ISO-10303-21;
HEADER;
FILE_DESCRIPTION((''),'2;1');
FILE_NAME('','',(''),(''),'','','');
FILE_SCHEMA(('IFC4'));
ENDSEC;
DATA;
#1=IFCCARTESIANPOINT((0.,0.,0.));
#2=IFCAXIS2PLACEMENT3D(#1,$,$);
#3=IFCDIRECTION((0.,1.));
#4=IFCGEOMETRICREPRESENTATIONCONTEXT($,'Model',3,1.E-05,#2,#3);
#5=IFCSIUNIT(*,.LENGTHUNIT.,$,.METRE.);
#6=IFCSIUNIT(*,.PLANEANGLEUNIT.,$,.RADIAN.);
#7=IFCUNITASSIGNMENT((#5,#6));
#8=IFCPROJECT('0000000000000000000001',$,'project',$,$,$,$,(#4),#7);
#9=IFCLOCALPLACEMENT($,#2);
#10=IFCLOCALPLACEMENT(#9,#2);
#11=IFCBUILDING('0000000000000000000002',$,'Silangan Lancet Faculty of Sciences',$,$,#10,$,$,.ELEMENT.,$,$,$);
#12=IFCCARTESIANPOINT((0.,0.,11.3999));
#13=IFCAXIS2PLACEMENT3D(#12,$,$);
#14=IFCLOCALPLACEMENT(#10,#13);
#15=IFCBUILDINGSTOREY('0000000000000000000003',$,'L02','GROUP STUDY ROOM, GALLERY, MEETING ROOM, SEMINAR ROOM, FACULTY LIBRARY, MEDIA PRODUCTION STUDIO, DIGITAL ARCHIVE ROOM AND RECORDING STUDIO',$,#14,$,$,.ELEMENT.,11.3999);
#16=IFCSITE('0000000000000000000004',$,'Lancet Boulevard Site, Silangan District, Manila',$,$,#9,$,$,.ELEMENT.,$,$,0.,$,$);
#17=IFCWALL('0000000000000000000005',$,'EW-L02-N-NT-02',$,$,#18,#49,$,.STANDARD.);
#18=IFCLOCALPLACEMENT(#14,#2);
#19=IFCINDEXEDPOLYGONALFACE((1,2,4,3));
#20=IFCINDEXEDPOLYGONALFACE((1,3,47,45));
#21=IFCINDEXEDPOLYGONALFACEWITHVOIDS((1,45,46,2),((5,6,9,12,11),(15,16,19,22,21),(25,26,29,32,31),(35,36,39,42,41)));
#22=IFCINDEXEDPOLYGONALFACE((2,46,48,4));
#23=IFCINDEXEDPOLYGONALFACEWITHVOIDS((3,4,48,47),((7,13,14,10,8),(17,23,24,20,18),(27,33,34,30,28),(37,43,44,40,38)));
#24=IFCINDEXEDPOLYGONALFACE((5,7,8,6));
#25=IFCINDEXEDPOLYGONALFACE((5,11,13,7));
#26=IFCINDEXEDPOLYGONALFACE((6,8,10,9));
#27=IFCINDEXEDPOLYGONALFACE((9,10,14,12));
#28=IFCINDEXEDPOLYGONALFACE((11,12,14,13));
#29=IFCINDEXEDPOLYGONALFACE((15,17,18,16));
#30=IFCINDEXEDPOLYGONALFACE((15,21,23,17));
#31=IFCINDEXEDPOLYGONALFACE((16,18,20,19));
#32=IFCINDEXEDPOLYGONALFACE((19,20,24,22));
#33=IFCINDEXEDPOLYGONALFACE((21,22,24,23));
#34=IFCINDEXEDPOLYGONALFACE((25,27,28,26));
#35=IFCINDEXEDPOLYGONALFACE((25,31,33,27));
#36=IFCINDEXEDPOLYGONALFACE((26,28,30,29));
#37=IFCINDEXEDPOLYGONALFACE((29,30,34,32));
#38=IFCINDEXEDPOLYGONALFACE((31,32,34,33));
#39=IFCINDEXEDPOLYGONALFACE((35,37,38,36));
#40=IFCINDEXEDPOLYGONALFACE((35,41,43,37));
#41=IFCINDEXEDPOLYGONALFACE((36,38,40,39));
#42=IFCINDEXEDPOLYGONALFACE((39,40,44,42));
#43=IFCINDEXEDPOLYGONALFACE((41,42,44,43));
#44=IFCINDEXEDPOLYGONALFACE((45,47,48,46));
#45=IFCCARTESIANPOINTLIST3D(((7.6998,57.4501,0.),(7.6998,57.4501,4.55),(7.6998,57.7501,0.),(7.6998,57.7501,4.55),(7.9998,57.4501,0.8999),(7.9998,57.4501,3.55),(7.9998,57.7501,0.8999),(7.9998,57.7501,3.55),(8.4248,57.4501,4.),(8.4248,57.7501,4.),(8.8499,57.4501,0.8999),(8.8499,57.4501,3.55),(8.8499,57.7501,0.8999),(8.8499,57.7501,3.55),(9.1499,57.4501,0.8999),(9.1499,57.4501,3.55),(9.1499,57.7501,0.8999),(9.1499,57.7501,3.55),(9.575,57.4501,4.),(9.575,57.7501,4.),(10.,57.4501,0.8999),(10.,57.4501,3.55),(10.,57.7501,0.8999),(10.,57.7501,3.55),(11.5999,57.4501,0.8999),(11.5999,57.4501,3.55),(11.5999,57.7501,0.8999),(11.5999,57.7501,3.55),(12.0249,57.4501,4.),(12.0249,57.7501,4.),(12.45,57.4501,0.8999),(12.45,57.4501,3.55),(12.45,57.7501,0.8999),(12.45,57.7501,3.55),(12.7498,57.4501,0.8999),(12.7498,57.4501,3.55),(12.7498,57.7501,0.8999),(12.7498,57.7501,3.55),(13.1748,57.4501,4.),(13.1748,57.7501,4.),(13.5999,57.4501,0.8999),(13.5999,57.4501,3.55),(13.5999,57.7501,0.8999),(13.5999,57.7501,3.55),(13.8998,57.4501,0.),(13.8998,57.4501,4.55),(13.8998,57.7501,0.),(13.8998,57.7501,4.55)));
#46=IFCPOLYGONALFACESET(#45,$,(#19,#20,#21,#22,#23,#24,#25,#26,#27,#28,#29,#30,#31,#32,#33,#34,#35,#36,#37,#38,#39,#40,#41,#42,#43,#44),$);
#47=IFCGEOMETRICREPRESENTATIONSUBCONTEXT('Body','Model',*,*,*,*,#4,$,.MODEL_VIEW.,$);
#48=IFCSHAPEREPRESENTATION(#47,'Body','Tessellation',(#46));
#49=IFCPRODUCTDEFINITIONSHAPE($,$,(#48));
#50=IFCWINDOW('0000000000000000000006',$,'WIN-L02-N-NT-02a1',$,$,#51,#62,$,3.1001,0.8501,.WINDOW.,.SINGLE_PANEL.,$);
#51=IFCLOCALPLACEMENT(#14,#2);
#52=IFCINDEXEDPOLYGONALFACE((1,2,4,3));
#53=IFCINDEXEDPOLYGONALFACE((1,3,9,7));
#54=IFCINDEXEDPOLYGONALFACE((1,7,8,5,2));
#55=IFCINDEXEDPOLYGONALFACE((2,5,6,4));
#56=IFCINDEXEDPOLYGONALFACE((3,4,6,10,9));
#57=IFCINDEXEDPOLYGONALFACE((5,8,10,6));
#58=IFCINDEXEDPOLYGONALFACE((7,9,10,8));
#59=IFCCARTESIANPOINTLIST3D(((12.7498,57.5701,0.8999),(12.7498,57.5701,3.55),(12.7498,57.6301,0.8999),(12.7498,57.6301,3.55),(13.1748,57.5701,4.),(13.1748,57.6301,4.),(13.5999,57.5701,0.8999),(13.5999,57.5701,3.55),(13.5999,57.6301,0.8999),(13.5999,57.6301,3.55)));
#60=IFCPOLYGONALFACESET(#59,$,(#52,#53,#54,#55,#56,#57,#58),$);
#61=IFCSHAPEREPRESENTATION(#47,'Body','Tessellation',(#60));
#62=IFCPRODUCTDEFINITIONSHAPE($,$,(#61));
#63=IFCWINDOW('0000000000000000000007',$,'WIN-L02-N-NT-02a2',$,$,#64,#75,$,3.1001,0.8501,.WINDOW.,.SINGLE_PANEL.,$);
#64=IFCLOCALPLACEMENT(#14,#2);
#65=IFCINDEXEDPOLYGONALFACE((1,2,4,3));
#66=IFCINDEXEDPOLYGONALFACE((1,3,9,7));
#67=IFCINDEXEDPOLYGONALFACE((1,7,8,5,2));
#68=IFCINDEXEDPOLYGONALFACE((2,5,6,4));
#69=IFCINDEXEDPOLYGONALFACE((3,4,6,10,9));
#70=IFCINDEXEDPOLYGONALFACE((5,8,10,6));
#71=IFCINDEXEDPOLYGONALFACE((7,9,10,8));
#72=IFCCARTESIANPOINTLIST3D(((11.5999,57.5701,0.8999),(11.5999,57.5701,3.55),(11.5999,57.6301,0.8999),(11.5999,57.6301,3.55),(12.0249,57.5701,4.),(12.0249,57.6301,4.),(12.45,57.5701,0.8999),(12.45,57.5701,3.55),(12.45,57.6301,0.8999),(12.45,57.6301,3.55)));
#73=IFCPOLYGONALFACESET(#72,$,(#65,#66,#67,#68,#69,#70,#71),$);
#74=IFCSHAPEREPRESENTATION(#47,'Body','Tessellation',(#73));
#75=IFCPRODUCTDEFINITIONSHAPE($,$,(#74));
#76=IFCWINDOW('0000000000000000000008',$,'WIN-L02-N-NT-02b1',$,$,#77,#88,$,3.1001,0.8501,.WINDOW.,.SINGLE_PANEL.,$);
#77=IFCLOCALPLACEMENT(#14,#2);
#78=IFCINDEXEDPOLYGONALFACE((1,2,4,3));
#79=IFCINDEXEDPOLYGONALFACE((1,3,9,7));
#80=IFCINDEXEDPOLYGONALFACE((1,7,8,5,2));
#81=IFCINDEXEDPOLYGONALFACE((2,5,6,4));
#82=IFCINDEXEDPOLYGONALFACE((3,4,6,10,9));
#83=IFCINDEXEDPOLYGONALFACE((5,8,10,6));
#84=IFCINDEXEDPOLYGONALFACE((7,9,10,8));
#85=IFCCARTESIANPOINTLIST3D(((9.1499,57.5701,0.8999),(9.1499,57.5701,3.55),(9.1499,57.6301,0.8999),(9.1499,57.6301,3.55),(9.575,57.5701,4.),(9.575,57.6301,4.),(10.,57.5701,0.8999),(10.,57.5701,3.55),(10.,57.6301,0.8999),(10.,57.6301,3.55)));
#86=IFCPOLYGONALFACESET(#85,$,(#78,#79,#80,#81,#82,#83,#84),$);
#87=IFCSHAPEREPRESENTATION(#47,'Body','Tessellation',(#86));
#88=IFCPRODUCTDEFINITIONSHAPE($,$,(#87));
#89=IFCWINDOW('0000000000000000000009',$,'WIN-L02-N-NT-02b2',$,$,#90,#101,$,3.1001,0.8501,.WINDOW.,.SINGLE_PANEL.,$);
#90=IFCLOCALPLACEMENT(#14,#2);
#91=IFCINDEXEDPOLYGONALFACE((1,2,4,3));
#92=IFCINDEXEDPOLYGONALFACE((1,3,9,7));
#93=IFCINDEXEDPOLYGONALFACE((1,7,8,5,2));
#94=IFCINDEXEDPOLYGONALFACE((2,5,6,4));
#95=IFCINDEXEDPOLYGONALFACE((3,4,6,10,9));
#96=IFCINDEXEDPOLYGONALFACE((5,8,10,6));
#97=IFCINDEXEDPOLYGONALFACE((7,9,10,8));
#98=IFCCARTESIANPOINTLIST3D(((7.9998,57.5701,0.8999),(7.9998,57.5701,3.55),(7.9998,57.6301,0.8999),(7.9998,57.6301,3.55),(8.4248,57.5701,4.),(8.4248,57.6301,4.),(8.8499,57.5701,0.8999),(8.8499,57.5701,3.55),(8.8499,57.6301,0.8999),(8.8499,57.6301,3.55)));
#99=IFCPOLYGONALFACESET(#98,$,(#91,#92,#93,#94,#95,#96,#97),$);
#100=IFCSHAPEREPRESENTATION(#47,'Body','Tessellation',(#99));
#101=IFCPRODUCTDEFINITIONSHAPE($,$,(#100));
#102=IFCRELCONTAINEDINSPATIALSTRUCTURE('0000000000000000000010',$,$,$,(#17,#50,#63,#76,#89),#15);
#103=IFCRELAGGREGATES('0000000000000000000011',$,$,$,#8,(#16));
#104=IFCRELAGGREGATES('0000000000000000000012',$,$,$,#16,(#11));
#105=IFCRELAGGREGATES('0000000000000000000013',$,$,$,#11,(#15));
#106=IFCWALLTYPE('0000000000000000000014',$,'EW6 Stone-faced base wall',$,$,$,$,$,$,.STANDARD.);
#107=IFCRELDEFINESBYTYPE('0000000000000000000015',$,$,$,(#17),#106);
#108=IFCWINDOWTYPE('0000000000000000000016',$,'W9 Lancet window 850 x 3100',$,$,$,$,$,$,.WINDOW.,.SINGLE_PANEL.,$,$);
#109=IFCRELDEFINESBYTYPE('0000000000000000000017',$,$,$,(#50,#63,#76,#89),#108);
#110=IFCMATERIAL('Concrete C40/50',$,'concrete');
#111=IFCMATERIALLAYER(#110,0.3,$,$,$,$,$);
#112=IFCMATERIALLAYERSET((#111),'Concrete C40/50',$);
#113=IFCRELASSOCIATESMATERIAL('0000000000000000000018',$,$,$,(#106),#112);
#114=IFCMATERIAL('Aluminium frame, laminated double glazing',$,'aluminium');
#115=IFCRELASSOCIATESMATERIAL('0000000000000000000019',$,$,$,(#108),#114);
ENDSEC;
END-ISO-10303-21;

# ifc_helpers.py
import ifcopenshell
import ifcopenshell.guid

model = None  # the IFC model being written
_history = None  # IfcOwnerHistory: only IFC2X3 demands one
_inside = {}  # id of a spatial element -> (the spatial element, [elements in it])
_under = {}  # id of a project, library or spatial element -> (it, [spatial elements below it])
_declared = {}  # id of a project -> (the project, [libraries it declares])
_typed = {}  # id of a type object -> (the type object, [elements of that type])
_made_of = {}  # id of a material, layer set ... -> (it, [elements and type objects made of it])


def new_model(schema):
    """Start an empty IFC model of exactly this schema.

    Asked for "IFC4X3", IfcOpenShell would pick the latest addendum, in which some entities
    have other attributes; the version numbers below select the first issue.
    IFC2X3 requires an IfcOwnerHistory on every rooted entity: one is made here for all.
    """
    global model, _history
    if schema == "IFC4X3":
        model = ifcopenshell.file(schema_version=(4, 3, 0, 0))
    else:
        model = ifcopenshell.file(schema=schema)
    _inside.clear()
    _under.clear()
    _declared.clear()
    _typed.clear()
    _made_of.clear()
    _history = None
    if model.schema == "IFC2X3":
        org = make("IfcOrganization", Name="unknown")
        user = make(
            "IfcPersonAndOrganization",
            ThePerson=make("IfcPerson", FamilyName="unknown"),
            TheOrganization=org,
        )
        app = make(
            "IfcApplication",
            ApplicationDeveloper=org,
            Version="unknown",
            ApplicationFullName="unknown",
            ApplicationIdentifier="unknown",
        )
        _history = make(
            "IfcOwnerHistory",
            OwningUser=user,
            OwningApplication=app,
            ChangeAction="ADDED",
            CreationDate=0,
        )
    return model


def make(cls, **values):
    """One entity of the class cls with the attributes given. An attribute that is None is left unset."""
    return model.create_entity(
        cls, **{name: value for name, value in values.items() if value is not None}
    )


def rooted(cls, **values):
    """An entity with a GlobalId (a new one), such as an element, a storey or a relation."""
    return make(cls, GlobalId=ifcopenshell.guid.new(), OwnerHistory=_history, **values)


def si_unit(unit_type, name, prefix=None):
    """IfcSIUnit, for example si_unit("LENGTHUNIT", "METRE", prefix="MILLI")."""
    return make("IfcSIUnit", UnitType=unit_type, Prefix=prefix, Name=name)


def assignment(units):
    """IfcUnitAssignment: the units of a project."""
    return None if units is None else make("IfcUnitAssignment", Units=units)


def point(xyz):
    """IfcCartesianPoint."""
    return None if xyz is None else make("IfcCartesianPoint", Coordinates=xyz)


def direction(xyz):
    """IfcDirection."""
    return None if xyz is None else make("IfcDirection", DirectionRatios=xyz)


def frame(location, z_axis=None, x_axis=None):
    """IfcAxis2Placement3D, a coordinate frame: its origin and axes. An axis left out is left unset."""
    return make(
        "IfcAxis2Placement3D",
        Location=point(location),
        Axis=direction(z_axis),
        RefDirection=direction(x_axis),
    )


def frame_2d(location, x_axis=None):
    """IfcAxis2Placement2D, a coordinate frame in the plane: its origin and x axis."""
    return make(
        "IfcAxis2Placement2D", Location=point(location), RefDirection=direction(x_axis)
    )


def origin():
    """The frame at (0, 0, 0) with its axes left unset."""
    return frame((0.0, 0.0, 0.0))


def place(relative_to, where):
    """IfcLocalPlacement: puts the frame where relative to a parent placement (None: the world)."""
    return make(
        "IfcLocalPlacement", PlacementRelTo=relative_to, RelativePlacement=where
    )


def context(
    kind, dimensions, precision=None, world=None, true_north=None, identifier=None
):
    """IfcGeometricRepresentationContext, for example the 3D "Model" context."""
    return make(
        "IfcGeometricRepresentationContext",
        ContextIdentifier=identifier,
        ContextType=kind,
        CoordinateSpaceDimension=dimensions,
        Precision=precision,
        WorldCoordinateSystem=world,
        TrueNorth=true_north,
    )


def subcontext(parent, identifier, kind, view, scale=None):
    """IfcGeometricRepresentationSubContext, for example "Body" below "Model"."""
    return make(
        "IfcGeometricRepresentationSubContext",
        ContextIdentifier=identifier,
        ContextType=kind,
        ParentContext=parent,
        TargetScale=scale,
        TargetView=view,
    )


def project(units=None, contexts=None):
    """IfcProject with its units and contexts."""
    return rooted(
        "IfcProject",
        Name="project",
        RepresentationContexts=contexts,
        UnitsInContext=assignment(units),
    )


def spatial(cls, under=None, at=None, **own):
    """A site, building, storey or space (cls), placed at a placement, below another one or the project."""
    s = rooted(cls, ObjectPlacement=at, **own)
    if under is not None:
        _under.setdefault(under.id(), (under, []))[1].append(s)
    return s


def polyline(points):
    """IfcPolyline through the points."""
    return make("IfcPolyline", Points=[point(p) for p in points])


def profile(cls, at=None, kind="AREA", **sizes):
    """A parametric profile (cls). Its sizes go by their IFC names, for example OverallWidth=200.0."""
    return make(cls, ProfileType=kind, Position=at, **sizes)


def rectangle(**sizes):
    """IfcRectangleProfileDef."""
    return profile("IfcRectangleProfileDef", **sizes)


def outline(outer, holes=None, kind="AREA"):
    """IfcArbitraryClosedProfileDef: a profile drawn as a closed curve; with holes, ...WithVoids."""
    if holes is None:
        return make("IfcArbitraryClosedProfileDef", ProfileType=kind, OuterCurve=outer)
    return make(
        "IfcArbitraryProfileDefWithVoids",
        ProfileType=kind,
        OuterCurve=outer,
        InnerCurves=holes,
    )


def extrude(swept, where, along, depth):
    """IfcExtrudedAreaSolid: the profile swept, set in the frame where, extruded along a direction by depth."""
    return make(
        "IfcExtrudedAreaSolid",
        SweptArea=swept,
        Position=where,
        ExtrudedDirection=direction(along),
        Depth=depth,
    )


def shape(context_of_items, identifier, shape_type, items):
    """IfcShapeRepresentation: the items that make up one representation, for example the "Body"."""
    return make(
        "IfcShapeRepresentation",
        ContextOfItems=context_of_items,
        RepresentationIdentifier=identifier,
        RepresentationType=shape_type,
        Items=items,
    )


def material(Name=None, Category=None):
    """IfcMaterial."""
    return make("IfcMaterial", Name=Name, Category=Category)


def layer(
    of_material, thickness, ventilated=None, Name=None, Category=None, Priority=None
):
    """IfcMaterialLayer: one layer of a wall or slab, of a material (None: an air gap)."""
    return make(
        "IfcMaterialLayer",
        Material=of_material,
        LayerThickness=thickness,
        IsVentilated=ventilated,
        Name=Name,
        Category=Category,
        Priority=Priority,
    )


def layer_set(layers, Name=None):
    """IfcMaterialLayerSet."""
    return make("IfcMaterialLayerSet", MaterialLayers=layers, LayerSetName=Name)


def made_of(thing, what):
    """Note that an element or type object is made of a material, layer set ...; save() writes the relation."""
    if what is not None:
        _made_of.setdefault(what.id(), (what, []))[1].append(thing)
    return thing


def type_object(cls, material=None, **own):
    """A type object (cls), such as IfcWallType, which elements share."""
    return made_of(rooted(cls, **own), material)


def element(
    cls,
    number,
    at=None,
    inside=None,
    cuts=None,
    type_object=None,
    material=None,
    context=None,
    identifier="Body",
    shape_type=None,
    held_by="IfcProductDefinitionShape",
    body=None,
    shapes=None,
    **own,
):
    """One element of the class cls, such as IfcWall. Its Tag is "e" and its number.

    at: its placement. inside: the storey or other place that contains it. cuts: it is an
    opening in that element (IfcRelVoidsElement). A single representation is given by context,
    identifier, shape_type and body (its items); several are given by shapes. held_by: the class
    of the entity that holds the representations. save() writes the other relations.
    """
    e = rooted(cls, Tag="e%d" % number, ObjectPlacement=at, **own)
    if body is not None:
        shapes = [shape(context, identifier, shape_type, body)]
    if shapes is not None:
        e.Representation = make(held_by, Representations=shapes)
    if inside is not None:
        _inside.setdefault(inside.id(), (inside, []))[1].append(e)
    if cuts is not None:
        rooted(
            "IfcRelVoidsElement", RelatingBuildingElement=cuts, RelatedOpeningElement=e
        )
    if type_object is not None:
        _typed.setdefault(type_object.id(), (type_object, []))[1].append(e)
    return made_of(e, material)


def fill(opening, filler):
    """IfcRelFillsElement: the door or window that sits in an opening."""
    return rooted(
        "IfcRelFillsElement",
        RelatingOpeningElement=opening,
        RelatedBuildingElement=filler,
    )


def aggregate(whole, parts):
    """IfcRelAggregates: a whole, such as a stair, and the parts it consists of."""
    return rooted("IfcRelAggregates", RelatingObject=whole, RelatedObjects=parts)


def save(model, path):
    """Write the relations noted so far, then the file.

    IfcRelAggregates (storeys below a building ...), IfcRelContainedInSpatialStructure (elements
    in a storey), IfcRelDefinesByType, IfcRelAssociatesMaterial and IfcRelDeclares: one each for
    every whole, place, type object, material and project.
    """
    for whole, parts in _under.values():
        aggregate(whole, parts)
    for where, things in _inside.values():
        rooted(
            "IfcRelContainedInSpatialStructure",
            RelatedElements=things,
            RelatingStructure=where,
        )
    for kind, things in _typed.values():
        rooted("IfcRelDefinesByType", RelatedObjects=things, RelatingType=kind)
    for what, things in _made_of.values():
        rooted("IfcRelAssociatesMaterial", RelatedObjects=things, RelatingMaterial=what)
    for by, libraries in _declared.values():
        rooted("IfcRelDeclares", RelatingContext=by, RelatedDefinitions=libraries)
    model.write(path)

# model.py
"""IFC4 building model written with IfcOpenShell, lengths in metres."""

from ifc_helpers import new_model, si_unit, direction, frame, frame_2d, origin, place, context, subcontext, project, spatial, polyline, rectangle, outline, extrude, material, layer, layer_set, type_object, element, fill, save


model = new_model("IFC4")

# Units and contexts
model_context = context("Model", 3, precision=1e-05, world=origin(), true_north=direction((0.0, 1.0)))
body_context = subcontext(model_context, "Body", "Model", "MODEL_VIEW")
ifc_project = project(units=[si_unit("LENGTHUNIT", "METRE"), si_unit("PLANEANGLEUNIT", "RADIAN")], contexts=[model_context])

# Site, building, storey
site_placement = place(None, origin())
site = spatial("IfcSite", under=ifc_project, at=site_placement, Name="Lancet Boulevard Site, Silangan District, Manila", CompositionType="ELEMENT", RefElevation=0.0)
building_placement = place(site_placement, origin())
building = spatial("IfcBuilding", under=site, at=building_placement, Name="Silangan Lancet Faculty of Sciences", CompositionType="ELEMENT")
storey_placement = place(building_placement, frame((0.0, 0.0, 11.3999)))
storey = spatial("IfcBuildingStorey", under=building, at=storey_placement, Name="L02", Description="GROUP STUDY ROOM, GALLERY, MEETING ROOM, SEMINAR ROOM, FACULTY LIBRARY, MEDIA PRODUCTION STUDIO, DIGITAL ARCHIVE ROOM AND RECORDING STUDIO", CompositionType="ELEMENT", Elevation=11.3999)

# Wall, openings, windows
ifc_material_1 = material(Name="Concrete C40/50", Category="concrete")
ifc_layer_1 = layer(ifc_material_1, 0.3)
ifc_layer_set_1 = layer_set([ifc_layer_1], Name="Concrete C40/50")
wall_type_1 = type_object("IfcWallType", Name="EW6 Stone-faced base wall", PredefinedType="STANDARD", material=ifc_layer_set_1)
wall_1_placement = place(storey_placement, frame((13.8999, 57.6001, 0.0), z_axis=(0.0, 0.0, 1.0), x_axis=(-1.0, 0.0, 0.0)))
wall_1 = element("IfcWall", 1, at=wall_1_placement, inside=storey, type_object=wall_type_1, Name="EW-L02-N-NT-02", PredefinedType="STANDARD", context=body_context, shape_type="SweptSolid", body=[
    extrude(rectangle(XDim=6.2, YDim=0.3, at=frame_2d((3.1001, 0.0))), origin(), (0.0, 0.0, 1.0), 4.55),
])
opening_1_placement = place(wall_1_placement, frame((0.3, 0.0, 0.8999)))
opening_1 = element("IfcOpeningElement", 2, at=opening_1_placement, cuts=wall_1, PredefinedType="OPENING", context=body_context, shape_type="SweptSolid", body=[
    extrude(outline(polyline([(0.0, 0.0), (0.8501, 0.0), (0.8501, 2.6501), (0.425, 3.1001), (0.0, 2.6501), (0.0, 0.0)])), frame((0.0, 0.1599, 0.0), z_axis=(0.0, -1.0, 0.0), x_axis=(1.0, 0.0, 0.0)), (0.0, 0.0, 1.0), 0.3201),
])
opening_2_placement = place(wall_1_placement, frame((1.45, 0.0, 0.8999)))
opening_2 = element("IfcOpeningElement", 3, at=opening_2_placement, cuts=wall_1, PredefinedType="OPENING", context=body_context, shape_type="SweptSolid", body=[
    extrude(outline(polyline([(0.0, 0.0), (0.8501, 0.0), (0.8501, 2.6501), (0.425, 3.1001), (0.0, 2.6501), (0.0, 0.0)])), frame((0.0, 0.1599, 0.0), z_axis=(0.0, -1.0, 0.0), x_axis=(1.0, 0.0, 0.0)), (0.0, 0.0, 1.0), 0.3201),
])
opening_3_placement = place(wall_1_placement, frame((3.8999, 0.0, 0.8999)))
opening_3 = element("IfcOpeningElement", 4, at=opening_3_placement, cuts=wall_1, PredefinedType="OPENING", context=body_context, shape_type="SweptSolid", body=[
    extrude(outline(polyline([(0.0, 0.0), (0.8501, 0.0), (0.8501, 2.6501), (0.425, 3.1001), (0.0, 2.6501), (0.0, 0.0)])), frame((0.0, 0.1599, 0.0), z_axis=(0.0, -1.0, 0.0), x_axis=(1.0, 0.0, 0.0)), (0.0, 0.0, 1.0), 0.3201),
])
opening_4_placement = place(wall_1_placement, frame((5.05, 0.0, 0.8999)))
opening_4 = element("IfcOpeningElement", 5, at=opening_4_placement, cuts=wall_1, PredefinedType="OPENING", context=body_context, shape_type="SweptSolid", body=[
    extrude(outline(polyline([(0.0, 0.0), (0.8501, 0.0), (0.8501, 2.6501), (0.425, 3.1001), (0.0, 2.6501), (0.0, 0.0)])), frame((0.0, 0.1599, 0.0), z_axis=(0.0, -1.0, 0.0), x_axis=(1.0, 0.0, 0.0)), (0.0, 0.0, 1.0), 0.3201),
])
ifc_material_2 = material(Name="Aluminium frame, laminated double glazing", Category="aluminium")
window_type_1 = type_object("IfcWindowType", Name="W9 Lancet window 850 x 3100", PartitioningType="SINGLE_PANEL", PredefinedType="WINDOW", material=ifc_material_2)
window_1_placement = place(opening_1_placement, origin())
window_1 = element("IfcWindow", 6, at=window_1_placement, inside=storey, type_object=window_type_1, Name="WIN-L02-N-NT-02a1", OverallHeight=3.1001, OverallWidth=0.8501, PartitioningType="SINGLE_PANEL", PredefinedType="WINDOW", context=body_context, shape_type="SweptSolid", body=[
    extrude(outline(polyline([(0.0, 0.0), (0.8501, 0.0), (0.8501, 2.6501), (0.425, 3.1001), (0.0, 2.6501), (0.0, 0.0)])), frame((0.0, 0.03, 0.0), z_axis=(0.0, -1.0, 0.0), x_axis=(1.0, 0.0, 0.0)), (0.0, 0.0, 1.0), 0.0601),
])
fill(opening_1, window_1)
window_2_placement = place(opening_2_placement, origin())
window_2 = element("IfcWindow", 7, at=window_2_placement, inside=storey, type_object=window_type_1, Name="WIN-L02-N-NT-02a2", OverallHeight=3.1001, OverallWidth=0.8501, PartitioningType="SINGLE_PANEL", PredefinedType="WINDOW", context=body_context, shape_type="SweptSolid", body=[
    extrude(outline(polyline([(0.0, 0.0), (0.8501, 0.0), (0.8501, 2.6501), (0.425, 3.1001), (0.0, 2.6501), (0.0, 0.0)])), frame((0.0, 0.03, 0.0), z_axis=(0.0, -1.0, 0.0), x_axis=(1.0, 0.0, 0.0)), (0.0, 0.0, 1.0), 0.0601),
])
fill(opening_2, window_2)
window_3_placement = place(opening_3_placement, origin())
window_3 = element("IfcWindow", 8, at=window_3_placement, inside=storey, type_object=window_type_1, Name="WIN-L02-N-NT-02b1", OverallHeight=3.1001, OverallWidth=0.8501, PartitioningType="SINGLE_PANEL", PredefinedType="WINDOW", context=body_context, shape_type="SweptSolid", body=[
    extrude(outline(polyline([(0.0, 0.0), (0.8501, 0.0), (0.8501, 2.6501), (0.425, 3.1001), (0.0, 2.6501), (0.0, 0.0)])), frame((0.0, 0.03, 0.0), z_axis=(0.0, -1.0, 0.0), x_axis=(1.0, 0.0, 0.0)), (0.0, 0.0, 1.0), 0.0601),
])
fill(opening_3, window_3)
window_4_placement = place(opening_4_placement, origin())
window_4 = element("IfcWindow", 9, at=window_4_placement, inside=storey, type_object=window_type_1, Name="WIN-L02-N-NT-02b2", OverallHeight=3.1001, OverallWidth=0.8501, PartitioningType="SINGLE_PANEL", PredefinedType="WINDOW", context=body_context, shape_type="SweptSolid", body=[
    extrude(outline(polyline([(0.0, 0.0), (0.8501, 0.0), (0.8501, 2.6501), (0.425, 3.1001), (0.0, 2.6501), (0.0, 0.0)])), frame((0.0, 0.03, 0.0), z_axis=(0.0, -1.0, 0.0), x_axis=(1.0, 0.0, 0.0)), (0.0, 0.0, 1.0), 0.0601),
])
fill(opening_4, window_4)

save(model, "model.ifc")
